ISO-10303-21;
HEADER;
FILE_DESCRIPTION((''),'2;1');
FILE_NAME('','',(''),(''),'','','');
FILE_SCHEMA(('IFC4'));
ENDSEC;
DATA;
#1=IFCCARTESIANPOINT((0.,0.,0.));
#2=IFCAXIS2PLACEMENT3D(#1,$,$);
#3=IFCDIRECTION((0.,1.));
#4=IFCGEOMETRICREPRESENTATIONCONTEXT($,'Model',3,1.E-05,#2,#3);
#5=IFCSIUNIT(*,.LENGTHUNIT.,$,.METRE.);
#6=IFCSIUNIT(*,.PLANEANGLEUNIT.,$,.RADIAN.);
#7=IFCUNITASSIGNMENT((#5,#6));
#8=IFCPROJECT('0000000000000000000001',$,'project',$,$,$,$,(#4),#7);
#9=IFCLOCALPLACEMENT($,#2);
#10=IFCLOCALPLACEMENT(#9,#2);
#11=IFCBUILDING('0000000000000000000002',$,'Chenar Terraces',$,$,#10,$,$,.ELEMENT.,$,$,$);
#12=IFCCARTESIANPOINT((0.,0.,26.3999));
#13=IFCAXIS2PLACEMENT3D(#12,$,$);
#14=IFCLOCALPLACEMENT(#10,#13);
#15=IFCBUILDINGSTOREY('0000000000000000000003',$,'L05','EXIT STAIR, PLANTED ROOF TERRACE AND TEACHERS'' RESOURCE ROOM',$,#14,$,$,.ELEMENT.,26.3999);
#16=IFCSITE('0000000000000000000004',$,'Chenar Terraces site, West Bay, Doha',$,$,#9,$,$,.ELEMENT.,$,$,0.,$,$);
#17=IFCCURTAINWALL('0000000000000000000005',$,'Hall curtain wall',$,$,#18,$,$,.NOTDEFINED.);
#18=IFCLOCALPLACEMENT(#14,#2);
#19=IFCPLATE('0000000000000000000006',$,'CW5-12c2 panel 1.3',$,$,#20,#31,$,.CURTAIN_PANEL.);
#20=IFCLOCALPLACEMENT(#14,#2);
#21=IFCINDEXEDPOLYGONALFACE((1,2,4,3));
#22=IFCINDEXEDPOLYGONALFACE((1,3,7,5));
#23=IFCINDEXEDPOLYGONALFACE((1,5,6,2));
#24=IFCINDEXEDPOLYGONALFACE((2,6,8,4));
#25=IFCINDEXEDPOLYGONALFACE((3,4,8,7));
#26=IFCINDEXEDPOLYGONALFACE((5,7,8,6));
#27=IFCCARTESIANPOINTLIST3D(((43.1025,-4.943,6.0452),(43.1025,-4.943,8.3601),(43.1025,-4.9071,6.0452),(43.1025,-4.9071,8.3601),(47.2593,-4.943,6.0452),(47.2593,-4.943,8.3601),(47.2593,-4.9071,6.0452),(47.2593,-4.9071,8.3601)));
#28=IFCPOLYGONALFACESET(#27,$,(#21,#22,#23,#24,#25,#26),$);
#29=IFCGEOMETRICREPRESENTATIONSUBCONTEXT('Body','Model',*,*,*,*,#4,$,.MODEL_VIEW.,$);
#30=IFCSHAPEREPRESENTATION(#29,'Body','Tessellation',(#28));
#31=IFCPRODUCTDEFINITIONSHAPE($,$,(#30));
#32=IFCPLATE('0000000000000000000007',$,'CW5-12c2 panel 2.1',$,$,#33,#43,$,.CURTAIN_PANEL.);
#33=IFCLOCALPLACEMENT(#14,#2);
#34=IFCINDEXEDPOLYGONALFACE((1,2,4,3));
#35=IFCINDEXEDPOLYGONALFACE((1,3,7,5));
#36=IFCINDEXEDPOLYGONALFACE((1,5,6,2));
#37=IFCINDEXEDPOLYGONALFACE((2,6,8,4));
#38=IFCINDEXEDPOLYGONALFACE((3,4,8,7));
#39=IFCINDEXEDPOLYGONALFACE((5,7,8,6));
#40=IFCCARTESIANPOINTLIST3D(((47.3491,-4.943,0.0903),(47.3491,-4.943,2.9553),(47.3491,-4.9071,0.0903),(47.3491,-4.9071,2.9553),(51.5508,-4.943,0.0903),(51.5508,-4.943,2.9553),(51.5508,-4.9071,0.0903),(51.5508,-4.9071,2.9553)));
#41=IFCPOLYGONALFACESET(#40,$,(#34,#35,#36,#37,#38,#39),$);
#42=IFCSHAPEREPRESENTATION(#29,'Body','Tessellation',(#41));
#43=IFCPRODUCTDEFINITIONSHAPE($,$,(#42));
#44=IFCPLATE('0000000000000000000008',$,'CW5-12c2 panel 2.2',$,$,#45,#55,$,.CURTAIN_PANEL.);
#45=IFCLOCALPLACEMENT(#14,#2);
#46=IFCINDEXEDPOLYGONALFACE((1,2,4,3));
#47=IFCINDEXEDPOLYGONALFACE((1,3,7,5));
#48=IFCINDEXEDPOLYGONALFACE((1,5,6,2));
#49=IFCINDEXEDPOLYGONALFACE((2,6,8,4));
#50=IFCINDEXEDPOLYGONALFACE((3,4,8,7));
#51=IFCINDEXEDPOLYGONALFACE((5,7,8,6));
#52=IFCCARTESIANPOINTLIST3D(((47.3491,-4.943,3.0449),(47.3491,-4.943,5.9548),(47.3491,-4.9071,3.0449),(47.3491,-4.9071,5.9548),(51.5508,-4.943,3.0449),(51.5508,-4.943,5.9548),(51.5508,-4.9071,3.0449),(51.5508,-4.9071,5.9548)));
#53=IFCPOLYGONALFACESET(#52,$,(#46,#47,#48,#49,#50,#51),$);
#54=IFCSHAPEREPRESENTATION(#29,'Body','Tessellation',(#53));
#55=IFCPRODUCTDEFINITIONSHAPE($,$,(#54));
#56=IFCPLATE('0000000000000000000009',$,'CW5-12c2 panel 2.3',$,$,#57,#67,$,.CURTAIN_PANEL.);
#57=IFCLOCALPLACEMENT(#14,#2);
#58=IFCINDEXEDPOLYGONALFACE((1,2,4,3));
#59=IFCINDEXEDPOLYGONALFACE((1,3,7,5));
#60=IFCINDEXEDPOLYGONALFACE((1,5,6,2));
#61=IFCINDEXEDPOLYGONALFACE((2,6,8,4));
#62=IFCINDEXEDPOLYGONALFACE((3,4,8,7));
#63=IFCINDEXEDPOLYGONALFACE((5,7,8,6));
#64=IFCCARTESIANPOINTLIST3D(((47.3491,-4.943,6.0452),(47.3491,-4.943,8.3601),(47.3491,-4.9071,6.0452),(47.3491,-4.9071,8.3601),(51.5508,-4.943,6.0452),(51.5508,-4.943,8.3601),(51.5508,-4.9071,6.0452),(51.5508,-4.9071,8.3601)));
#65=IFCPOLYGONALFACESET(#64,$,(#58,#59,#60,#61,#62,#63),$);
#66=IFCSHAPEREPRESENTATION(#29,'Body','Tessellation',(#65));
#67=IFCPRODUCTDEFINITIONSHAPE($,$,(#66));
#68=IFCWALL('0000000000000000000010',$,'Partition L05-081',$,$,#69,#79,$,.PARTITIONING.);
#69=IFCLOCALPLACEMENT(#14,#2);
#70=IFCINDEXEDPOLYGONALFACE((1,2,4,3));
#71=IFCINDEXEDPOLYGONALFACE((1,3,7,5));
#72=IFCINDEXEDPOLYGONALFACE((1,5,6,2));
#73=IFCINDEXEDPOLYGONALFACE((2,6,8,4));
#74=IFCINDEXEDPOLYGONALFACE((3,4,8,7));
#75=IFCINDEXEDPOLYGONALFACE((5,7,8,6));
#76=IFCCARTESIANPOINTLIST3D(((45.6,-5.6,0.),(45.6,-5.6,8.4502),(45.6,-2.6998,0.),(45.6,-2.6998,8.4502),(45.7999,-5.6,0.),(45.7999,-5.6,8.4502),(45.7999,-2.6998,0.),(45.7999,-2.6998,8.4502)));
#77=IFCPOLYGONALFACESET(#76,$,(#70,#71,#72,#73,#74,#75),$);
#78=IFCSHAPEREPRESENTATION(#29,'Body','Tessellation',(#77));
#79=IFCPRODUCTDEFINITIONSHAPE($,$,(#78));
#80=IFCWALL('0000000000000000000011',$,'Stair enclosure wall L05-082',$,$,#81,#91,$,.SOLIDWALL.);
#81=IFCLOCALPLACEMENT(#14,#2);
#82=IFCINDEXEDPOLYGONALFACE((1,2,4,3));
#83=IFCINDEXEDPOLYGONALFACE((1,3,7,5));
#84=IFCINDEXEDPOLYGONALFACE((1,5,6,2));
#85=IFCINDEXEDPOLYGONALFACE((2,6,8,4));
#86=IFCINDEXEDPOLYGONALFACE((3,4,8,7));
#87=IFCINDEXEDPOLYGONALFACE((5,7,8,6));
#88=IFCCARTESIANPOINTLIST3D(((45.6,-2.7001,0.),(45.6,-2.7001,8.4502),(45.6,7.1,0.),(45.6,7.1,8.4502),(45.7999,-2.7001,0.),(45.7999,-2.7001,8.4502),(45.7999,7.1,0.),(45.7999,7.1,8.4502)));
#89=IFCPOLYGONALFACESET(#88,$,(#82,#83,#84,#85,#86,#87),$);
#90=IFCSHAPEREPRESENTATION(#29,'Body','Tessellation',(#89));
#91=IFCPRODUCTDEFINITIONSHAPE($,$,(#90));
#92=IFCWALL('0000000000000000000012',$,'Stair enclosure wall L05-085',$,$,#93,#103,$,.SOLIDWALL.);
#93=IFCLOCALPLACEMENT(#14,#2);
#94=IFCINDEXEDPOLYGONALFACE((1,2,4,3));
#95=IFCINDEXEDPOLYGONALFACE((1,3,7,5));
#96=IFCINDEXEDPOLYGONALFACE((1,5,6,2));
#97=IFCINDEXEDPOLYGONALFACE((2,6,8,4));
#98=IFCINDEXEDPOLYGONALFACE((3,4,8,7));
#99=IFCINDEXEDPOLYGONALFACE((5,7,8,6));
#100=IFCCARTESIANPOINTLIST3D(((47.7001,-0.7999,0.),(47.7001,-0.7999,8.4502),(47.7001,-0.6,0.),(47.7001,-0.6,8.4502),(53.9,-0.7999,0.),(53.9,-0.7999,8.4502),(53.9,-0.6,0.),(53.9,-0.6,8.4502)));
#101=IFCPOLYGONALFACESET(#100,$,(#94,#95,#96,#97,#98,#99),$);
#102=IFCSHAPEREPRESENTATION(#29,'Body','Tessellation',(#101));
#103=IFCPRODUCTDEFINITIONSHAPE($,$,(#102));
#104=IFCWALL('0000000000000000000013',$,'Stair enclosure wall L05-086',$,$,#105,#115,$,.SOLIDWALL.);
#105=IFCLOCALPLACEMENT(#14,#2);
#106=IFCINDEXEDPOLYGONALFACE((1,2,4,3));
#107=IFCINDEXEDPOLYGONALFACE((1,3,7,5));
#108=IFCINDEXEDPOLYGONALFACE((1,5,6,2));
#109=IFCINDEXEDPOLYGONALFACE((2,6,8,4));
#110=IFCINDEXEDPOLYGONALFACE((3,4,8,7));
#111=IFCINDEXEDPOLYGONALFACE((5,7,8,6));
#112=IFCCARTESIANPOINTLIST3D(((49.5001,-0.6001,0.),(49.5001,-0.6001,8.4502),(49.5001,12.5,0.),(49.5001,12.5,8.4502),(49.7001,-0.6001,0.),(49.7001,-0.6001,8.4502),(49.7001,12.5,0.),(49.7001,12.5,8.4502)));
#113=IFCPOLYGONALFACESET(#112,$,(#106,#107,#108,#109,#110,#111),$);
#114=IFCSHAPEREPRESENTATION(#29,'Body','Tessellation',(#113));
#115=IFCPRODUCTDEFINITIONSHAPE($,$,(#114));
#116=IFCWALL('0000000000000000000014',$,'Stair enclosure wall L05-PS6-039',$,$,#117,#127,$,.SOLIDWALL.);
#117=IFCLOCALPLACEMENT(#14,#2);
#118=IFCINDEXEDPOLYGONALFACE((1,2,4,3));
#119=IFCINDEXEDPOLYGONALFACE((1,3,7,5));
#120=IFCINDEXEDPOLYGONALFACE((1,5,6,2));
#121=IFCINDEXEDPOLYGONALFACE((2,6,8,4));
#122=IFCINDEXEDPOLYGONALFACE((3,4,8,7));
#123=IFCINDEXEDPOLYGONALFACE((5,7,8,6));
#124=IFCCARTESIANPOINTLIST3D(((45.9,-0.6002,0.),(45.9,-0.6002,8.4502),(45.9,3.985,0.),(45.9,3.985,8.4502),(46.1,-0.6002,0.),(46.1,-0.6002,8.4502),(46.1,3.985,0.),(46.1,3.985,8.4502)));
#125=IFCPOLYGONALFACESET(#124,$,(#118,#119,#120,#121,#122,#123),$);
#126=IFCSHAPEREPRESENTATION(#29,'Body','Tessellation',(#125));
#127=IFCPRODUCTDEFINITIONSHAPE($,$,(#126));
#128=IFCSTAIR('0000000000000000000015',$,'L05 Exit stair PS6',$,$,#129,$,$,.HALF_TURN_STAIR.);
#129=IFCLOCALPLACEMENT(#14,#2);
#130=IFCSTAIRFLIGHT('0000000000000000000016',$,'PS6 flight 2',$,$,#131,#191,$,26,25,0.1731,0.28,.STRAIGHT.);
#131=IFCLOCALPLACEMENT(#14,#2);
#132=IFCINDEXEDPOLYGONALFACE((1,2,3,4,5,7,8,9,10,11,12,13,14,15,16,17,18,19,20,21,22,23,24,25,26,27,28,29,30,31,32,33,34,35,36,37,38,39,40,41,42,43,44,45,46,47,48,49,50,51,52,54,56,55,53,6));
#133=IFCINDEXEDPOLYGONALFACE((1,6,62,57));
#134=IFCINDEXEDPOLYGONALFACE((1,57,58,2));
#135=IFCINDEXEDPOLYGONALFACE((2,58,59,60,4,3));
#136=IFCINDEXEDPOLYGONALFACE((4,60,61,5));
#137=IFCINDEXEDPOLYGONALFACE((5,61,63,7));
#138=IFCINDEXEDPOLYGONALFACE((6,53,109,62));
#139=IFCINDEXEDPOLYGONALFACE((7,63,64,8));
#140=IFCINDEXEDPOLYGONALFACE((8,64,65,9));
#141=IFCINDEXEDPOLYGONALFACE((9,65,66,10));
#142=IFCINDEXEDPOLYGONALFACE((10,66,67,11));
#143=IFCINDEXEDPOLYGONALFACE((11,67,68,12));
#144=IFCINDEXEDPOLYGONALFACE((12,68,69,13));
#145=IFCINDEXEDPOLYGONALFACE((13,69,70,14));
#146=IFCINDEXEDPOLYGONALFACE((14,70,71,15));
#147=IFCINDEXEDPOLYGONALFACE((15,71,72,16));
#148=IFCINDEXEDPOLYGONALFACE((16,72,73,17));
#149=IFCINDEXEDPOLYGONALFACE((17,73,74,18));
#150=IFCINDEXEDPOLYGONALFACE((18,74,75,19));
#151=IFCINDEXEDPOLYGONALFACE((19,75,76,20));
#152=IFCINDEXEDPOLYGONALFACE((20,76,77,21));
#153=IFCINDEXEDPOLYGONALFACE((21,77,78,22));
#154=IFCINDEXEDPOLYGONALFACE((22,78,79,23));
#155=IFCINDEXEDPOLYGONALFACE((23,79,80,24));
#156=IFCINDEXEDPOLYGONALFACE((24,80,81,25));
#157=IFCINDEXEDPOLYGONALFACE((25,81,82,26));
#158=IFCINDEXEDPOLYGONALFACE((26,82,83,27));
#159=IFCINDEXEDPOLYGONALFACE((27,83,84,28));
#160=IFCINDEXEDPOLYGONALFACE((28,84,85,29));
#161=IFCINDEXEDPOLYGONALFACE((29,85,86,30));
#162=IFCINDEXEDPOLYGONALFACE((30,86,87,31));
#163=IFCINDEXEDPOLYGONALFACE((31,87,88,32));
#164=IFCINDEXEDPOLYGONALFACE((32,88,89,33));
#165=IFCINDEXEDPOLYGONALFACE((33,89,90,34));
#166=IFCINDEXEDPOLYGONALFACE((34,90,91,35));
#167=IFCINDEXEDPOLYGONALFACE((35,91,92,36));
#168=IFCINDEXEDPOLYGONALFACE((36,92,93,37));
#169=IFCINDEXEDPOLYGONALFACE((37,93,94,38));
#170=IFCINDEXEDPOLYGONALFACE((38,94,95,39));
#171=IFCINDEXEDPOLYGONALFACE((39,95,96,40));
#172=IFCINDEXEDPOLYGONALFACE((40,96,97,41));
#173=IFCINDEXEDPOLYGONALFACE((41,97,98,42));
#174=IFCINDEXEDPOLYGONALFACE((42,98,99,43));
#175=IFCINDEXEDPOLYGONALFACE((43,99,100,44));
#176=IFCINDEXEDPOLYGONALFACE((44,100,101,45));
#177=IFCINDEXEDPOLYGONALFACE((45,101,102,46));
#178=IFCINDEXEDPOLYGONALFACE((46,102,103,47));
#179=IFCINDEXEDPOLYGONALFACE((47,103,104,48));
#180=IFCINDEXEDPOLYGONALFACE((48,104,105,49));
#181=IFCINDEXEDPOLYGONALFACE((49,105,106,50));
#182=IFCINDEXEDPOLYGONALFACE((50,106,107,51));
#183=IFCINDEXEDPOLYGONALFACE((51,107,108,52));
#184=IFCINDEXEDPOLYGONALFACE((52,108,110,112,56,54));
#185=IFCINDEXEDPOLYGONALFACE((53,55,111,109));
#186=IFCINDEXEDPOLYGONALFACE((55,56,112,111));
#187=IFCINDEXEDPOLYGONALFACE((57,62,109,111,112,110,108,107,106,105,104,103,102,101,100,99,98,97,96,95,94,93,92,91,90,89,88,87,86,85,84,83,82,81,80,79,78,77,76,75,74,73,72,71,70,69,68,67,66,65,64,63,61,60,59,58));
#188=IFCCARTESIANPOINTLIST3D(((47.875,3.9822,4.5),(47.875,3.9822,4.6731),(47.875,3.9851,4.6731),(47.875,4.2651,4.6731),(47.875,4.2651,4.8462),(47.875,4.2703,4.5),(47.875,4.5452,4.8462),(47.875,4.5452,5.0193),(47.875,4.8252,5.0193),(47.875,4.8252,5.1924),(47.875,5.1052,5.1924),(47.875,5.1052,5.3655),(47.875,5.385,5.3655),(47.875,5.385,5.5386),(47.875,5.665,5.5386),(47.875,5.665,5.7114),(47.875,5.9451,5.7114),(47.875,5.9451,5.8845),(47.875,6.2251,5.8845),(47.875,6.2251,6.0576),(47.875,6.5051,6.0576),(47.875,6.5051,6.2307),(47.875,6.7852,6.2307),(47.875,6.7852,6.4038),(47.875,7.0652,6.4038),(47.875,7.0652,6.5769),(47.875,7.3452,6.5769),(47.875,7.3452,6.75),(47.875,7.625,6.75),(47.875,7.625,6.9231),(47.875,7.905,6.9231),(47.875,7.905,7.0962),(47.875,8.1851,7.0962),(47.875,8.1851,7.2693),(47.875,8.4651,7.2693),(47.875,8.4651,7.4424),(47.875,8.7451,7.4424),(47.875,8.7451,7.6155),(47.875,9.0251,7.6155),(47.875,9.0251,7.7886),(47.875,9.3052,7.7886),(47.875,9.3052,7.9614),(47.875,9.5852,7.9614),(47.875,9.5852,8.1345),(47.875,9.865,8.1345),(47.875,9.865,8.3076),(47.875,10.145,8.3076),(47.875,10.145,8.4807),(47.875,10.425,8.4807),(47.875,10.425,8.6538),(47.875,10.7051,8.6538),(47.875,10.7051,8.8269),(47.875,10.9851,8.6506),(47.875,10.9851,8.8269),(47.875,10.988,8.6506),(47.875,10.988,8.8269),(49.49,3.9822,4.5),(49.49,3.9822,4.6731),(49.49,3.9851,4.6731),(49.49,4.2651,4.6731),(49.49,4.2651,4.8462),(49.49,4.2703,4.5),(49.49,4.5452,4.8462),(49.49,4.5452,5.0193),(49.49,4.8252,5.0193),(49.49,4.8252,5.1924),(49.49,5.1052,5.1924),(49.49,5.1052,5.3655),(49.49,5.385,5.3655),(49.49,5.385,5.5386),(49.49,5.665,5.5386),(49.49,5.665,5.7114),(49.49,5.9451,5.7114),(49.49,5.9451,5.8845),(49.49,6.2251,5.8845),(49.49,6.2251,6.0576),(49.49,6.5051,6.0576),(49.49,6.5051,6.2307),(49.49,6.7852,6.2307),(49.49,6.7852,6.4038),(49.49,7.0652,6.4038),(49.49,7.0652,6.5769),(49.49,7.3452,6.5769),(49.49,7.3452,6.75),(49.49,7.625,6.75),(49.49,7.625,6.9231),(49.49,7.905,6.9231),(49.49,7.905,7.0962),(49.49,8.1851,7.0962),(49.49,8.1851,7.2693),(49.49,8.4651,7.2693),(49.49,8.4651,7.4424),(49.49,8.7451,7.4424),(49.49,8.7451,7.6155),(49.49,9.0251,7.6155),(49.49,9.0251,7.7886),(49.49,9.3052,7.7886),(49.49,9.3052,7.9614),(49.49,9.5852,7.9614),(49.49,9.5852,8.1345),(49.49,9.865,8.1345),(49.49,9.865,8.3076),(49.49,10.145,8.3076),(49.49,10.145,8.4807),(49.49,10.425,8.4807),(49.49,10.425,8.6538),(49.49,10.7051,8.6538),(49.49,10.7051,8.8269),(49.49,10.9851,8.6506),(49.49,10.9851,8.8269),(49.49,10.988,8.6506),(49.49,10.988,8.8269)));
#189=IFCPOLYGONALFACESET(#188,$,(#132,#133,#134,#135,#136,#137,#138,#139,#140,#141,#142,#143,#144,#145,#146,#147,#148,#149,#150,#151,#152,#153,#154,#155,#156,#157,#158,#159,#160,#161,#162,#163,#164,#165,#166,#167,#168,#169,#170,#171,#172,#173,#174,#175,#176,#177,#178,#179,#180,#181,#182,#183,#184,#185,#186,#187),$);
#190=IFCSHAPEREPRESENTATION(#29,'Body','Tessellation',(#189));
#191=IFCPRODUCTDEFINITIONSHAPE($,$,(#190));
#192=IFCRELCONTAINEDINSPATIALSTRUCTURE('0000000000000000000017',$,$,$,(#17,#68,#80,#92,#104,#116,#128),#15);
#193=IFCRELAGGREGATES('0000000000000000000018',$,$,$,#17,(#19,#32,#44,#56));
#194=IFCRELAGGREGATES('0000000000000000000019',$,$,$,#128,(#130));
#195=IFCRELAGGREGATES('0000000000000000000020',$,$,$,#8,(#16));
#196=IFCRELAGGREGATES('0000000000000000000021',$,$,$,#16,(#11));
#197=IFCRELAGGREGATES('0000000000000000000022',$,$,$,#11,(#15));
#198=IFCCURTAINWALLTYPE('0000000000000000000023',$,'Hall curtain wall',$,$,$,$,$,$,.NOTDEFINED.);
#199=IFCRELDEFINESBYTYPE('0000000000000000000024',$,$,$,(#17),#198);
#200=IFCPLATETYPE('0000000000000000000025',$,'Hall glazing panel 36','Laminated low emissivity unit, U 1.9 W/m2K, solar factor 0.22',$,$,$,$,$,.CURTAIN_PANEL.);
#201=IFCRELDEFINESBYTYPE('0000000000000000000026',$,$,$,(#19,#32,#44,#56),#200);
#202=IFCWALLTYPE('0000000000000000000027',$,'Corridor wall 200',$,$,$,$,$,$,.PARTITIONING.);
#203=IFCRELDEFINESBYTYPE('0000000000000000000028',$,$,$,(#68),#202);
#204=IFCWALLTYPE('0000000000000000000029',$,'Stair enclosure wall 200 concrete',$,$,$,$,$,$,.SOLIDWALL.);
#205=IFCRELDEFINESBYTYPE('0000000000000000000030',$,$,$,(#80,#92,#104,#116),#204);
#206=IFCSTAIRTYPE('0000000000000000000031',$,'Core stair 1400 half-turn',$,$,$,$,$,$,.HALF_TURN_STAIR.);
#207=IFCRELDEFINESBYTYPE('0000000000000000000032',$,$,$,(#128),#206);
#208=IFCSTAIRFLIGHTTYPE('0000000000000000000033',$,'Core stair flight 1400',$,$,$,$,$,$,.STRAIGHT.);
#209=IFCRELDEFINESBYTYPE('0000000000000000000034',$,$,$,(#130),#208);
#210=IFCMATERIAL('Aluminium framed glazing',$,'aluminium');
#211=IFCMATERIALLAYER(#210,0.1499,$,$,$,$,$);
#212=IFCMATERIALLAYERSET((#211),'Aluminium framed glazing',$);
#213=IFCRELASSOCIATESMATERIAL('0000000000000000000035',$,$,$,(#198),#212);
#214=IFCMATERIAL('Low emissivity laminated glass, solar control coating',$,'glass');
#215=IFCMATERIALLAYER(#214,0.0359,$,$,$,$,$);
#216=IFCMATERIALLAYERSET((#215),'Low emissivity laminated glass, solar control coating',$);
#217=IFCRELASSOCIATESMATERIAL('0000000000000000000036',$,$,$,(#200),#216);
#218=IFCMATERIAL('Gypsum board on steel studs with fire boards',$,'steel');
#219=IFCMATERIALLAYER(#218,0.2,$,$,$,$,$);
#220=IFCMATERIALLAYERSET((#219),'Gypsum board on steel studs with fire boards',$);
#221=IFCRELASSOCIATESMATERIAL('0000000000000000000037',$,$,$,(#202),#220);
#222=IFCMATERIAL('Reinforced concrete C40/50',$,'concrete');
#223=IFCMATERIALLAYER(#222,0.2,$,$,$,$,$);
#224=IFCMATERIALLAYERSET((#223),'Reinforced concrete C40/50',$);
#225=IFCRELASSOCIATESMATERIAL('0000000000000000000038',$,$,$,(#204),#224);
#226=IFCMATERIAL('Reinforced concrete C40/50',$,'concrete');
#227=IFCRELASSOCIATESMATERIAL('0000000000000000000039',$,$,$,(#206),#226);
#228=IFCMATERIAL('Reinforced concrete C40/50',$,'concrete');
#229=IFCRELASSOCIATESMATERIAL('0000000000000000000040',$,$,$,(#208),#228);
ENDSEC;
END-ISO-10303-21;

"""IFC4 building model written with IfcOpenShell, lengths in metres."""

from ifc_helpers import new_model, si_unit, direction, frame, frame_2d, origin, origin_2d, place, context, subcontext, project, spatial, polyline, rectangle, outline, extrude, material, layer, layer_set, type_object, element, aggregate, save


model = new_model("IFC4")

# Units and contexts
model_context = context("Model", 3, precision=1e-05, world=origin(), true_north=direction((0.0, 1.0)))
body_context = subcontext(model_context, "Body", "Model", "MODEL_VIEW")
ifc_project = project(units=[si_unit("LENGTHUNIT", "METRE"), si_unit("PLANEANGLEUNIT", "RADIAN")], contexts=[model_context])

# Site, building, storey
site_placement = place(None, origin())
site = spatial("IfcSite", under=ifc_project, at=site_placement, Name="Chenar Terraces site, West Bay, Doha", CompositionType="ELEMENT", RefElevation=0.0)
building_placement = place(site_placement, origin())
building = spatial("IfcBuilding", under=site, at=building_placement, Name="Chenar Terraces", CompositionType="ELEMENT")
storey_placement = place(building_placement, frame((0.0, 0.0, 26.3999)))
storey = spatial("IfcBuildingStorey", under=building, at=storey_placement, Name="L05", Description="EXIT STAIR, PLANTED ROOF TERRACE AND TEACHERS' RESOURCE ROOM", CompositionType="ELEMENT", Elevation=26.3999)

# Curtain wall
ifc_material_1 = material(Name="Aluminium framed glazing", Category="aluminium")
ifc_layer_1 = layer(ifc_material_1, 0.1499)
ifc_layer_set_1 = layer_set([ifc_layer_1], Name="Aluminium framed glazing")
curtain_wall_type = type_object("IfcCurtainWallType", Name="Hall curtain wall", PredefinedType="NOTDEFINED", material=ifc_layer_set_1)
placement = place(storey_placement, origin())
curtain_wall = element("IfcCurtainWall", 1, at=placement, inside=storey, type_object=curtain_wall_type, Name="Hall curtain wall", PredefinedType="NOTDEFINED")

# Plates
ifc_material_2 = material(Name="Low emissivity laminated glass, solar control coating", Category="glass")
ifc_layer_2 = layer(ifc_material_2, 0.0359)
ifc_layer_set_2 = layer_set([ifc_layer_2], Name="Low emissivity laminated glass, solar control coating")
plate_type = type_object("IfcPlateType", Name="Hall glazing panel 36", Description="Laminated low emissivity unit, U 1.9 W/m2K, solar factor 0.22", PredefinedType="CURTAIN_PANEL", material=ifc_layer_set_2)
plate_1_placement = place(storey_placement, frame((45.1809, -4.925, 6.0452), z_axis=(0.0, 0.0, 1.0), x_axis=(1.0, 0.0, 0.0)))
plate_1 = element("IfcPlate", 2, at=plate_1_placement, type_object=plate_type, Name="CW5-12c2 panel 1.3", PredefinedType="CURTAIN_PANEL", context=body_context, shape_type="SweptSolid", body=[
    extrude(rectangle(XDim=4.1567, YDim=0.0359, at=origin_2d()), origin(), (0.0, 0.0, 1.0), 2.3149),
])
plate_2_placement = place(storey_placement, frame((49.45, -4.925, 0.0903), z_axis=(0.0, 0.0, 1.0), x_axis=(1.0, 0.0, 0.0)))
plate_2 = element("IfcPlate", 3, at=plate_2_placement, type_object=plate_type, Name="CW5-12c2 panel 2.1", PredefinedType="CURTAIN_PANEL", context=body_context, shape_type="SweptSolid", body=[
    extrude(rectangle(XDim=4.2017, YDim=0.0359, at=origin_2d()), origin(), (0.0, 0.0, 1.0), 2.865),
])
plate_3_placement = place(storey_placement, frame((49.45, -4.925, 3.0449), z_axis=(0.0, 0.0, 1.0), x_axis=(1.0, 0.0, 0.0)))
plate_3 = element("IfcPlate", 4, at=plate_3_placement, type_object=plate_type, Name="CW5-12c2 panel 2.2", PredefinedType="CURTAIN_PANEL", context=body_context, shape_type="SweptSolid", body=[
    extrude(rectangle(XDim=4.2017, YDim=0.0359, at=origin_2d()), origin(), (0.0, 0.0, 1.0), 2.9099),
])
plate_4_placement = place(storey_placement, frame((49.45, -4.925, 6.0452), z_axis=(0.0, 0.0, 1.0), x_axis=(1.0, 0.0, 0.0)))
plate_4 = element("IfcPlate", 5, at=plate_4_placement, type_object=plate_type, Name="CW5-12c2 panel 2.3", PredefinedType="CURTAIN_PANEL", context=body_context, shape_type="SweptSolid", body=[
    extrude(rectangle(XDim=4.2017, YDim=0.0359, at=origin_2d()), origin(), (0.0, 0.0, 1.0), 2.3149),
])
aggregate(curtain_wall, [plate_1, plate_2, plate_3, plate_4])

# Walls
ifc_material_3 = material(Name="Gypsum board on steel studs with fire boards", Category="steel")
ifc_layer_3 = layer(ifc_material_3, 0.2)
ifc_layer_set_3 = layer_set([ifc_layer_3], Name="Gypsum board on steel studs with fire boards")
wall_type_1 = type_object("IfcWallType", Name="Corridor wall 200", PredefinedType="PARTITIONING", material=ifc_layer_set_3)
wall_1_placement = place(storey_placement, frame((45.7, -5.6001, 0.0), z_axis=(0.0, 0.0, 1.0), x_axis=(0.0, 1.0, 0.0)))
element("IfcWall", 6, at=wall_1_placement, inside=storey, type_object=wall_type_1, Name="Partition L05-081", PredefinedType="PARTITIONING", context=body_context, shape_type="SweptSolid", body=[
    extrude(rectangle(XDim=2.9001, YDim=0.2, at=frame_2d((1.4502, 0.0))), origin(), (0.0, 0.0, 1.0), 8.4502),
])
ifc_material_4 = material(Name="Reinforced concrete C40/50", Category="concrete")
ifc_layer_4 = layer(ifc_material_4, 0.2)
ifc_layer_set_4 = layer_set([ifc_layer_4], Name="Reinforced concrete C40/50")
wall_type_2 = type_object("IfcWallType", Name="Stair enclosure wall 200 concrete", PredefinedType="SOLIDWALL", material=ifc_layer_set_4)
wall_2_placement = place(storey_placement, frame((45.7, -2.7, 0.0), z_axis=(0.0, 0.0, 1.0), x_axis=(0.0, 1.0, 0.0)))
element("IfcWall", 7, at=wall_2_placement, inside=storey, type_object=wall_type_2, Name="Stair enclosure wall L05-082", PredefinedType="SOLIDWALL", context=body_context, shape_type="SweptSolid", body=[
    extrude(rectangle(XDim=9.8, YDim=0.2, at=frame_2d((4.8999, 0.0))), origin(), (0.0, 0.0, 1.0), 8.4502),
])
wall_3_placement = place(storey_placement, frame((47.7, -0.7, 0.0), z_axis=(0.0, 0.0, 1.0), x_axis=(1.0, 0.0, 0.0)))
element("IfcWall", 8, at=wall_3_placement, inside=storey, type_object=wall_type_2, Name="Stair enclosure wall L05-085", PredefinedType="SOLIDWALL", context=body_context, shape_type="SweptSolid", body=[
    extrude(rectangle(XDim=6.2, YDim=0.2, at=frame_2d((3.1001, 0.0))), origin(), (0.0, 0.0, 1.0), 8.4502),
])
wall_4_placement = place(storey_placement, frame((49.6001, -0.6001, 0.0), z_axis=(0.0, 0.0, 1.0), x_axis=(0.0, 1.0, 0.0)))
element("IfcWall", 9, at=wall_4_placement, inside=storey, type_object=wall_type_2, Name="Stair enclosure wall L05-086", PredefinedType="SOLIDWALL", context=body_context, shape_type="SweptSolid", body=[
    extrude(rectangle(XDim=13.1001, YDim=0.2, at=frame_2d((6.55, 0.0))), origin(), (0.0, 0.0, 1.0), 8.4502),
])
wall_5_placement = place(storey_placement, frame((46.0, -0.6001, 0.0), z_axis=(0.0, 0.0, 1.0), x_axis=(0.0, 1.0, 0.0)))
element("IfcWall", 10, at=wall_5_placement, inside=storey, type_object=wall_type_2, Name="Stair enclosure wall L05-PS6-039", PredefinedType="SOLIDWALL", context=body_context, shape_type="SweptSolid", body=[
    extrude(rectangle(XDim=4.5852, YDim=0.2, at=frame_2d((2.2925, 0.0))), origin(), (0.0, 0.0, 1.0), 8.4502),
])

# Stair, stair flight
ifc_material_5 = material(Name="Reinforced concrete C40/50", Category="concrete")
stair_type = type_object("IfcStairType", Name="Core stair 1400 half-turn", PredefinedType="HALF_TURN_STAIR", material=ifc_material_5)
stair = element("IfcStair", 11, at=placement, inside=storey, type_object=stair_type, Name="L05 Exit stair PS6", PredefinedType="HALF_TURN_STAIR")
ifc_material_6 = material(Name="Reinforced concrete C40/50", Category="concrete")
stair_flight_type = type_object("IfcStairFlightType", Name="Core stair flight 1400", PredefinedType="STRAIGHT", material=ifc_material_6)
stair_flight_placement = place(storey_placement, frame((48.6826, 3.9851, 4.5), z_axis=(0.0, 0.0, 1.0), x_axis=(0.0, 1.0, 0.0)))
stair_flight = element("IfcStairFlight", 12, at=stair_flight_placement, type_object=stair_flight_type, Name="PS6 flight 2", NumberOfRisers=26, NumberOfTreads=25, PredefinedType="STRAIGHT", RiserHeight=0.1731, TreadLength=0.28, context=body_context, shape_type="SweptSolid", body=[
    extrude(outline(polyline([(-0.0029, 0.0), (-0.0029, 0.1731), (0.0, 0.1731), (0.28, 0.1731), (0.28, 0.3462), (0.5601, 0.3462), (0.5601, 0.5193), (0.8401, 0.5193), (0.8401, 0.6924), (1.1201, 0.6924), (1.1201, 0.8655), (1.3999, 0.8655), (1.3999, 1.0386), (1.6799, 1.0386), (1.6799, 1.2114), (1.96, 1.2114), (1.96, 1.3845), (2.24, 1.3845), (2.24, 1.5576), (2.52, 1.5576), (2.52, 1.7307), (2.8, 1.7307), (2.8, 1.9038), (3.0801, 1.9038), (3.0801, 2.0769), (3.3601, 2.0769), (3.3601, 2.25), (3.6399, 2.25), (3.6399, 2.4231), (3.9199, 2.4231), (3.9199, 2.5962), (4.2, 2.5962), (4.2, 2.7693), (4.48, 2.7693), (4.48, 2.9424), (4.76, 2.9424), (4.76, 3.1155), (5.04, 3.1155), (5.04, 3.2886), (5.3201, 3.2886), (5.3201, 3.4614), (5.6001, 3.4614), (5.6001, 3.6345), (5.8799, 3.6345), (5.8799, 3.8076), (6.1599, 3.8076), (6.1599, 3.9807), (6.4399, 3.9807), (6.4399, 4.1538), (6.72, 4.1538), (6.72, 4.3269), (7.0, 4.3269), (7.0029, 4.3269), (7.0029, 4.1506), (7.0, 4.1506), (0.2852, 0.0), (-0.0029, 0.0)])), frame((0.0, 0.8076, 0.0), z_axis=(0.0, -1.0, 0.0), x_axis=(1.0, 0.0, 0.0)), (0.0, 0.0, 1.0), 1.615),
])
aggregate(stair, [stair_flight])

save(model, "model.ifc")
